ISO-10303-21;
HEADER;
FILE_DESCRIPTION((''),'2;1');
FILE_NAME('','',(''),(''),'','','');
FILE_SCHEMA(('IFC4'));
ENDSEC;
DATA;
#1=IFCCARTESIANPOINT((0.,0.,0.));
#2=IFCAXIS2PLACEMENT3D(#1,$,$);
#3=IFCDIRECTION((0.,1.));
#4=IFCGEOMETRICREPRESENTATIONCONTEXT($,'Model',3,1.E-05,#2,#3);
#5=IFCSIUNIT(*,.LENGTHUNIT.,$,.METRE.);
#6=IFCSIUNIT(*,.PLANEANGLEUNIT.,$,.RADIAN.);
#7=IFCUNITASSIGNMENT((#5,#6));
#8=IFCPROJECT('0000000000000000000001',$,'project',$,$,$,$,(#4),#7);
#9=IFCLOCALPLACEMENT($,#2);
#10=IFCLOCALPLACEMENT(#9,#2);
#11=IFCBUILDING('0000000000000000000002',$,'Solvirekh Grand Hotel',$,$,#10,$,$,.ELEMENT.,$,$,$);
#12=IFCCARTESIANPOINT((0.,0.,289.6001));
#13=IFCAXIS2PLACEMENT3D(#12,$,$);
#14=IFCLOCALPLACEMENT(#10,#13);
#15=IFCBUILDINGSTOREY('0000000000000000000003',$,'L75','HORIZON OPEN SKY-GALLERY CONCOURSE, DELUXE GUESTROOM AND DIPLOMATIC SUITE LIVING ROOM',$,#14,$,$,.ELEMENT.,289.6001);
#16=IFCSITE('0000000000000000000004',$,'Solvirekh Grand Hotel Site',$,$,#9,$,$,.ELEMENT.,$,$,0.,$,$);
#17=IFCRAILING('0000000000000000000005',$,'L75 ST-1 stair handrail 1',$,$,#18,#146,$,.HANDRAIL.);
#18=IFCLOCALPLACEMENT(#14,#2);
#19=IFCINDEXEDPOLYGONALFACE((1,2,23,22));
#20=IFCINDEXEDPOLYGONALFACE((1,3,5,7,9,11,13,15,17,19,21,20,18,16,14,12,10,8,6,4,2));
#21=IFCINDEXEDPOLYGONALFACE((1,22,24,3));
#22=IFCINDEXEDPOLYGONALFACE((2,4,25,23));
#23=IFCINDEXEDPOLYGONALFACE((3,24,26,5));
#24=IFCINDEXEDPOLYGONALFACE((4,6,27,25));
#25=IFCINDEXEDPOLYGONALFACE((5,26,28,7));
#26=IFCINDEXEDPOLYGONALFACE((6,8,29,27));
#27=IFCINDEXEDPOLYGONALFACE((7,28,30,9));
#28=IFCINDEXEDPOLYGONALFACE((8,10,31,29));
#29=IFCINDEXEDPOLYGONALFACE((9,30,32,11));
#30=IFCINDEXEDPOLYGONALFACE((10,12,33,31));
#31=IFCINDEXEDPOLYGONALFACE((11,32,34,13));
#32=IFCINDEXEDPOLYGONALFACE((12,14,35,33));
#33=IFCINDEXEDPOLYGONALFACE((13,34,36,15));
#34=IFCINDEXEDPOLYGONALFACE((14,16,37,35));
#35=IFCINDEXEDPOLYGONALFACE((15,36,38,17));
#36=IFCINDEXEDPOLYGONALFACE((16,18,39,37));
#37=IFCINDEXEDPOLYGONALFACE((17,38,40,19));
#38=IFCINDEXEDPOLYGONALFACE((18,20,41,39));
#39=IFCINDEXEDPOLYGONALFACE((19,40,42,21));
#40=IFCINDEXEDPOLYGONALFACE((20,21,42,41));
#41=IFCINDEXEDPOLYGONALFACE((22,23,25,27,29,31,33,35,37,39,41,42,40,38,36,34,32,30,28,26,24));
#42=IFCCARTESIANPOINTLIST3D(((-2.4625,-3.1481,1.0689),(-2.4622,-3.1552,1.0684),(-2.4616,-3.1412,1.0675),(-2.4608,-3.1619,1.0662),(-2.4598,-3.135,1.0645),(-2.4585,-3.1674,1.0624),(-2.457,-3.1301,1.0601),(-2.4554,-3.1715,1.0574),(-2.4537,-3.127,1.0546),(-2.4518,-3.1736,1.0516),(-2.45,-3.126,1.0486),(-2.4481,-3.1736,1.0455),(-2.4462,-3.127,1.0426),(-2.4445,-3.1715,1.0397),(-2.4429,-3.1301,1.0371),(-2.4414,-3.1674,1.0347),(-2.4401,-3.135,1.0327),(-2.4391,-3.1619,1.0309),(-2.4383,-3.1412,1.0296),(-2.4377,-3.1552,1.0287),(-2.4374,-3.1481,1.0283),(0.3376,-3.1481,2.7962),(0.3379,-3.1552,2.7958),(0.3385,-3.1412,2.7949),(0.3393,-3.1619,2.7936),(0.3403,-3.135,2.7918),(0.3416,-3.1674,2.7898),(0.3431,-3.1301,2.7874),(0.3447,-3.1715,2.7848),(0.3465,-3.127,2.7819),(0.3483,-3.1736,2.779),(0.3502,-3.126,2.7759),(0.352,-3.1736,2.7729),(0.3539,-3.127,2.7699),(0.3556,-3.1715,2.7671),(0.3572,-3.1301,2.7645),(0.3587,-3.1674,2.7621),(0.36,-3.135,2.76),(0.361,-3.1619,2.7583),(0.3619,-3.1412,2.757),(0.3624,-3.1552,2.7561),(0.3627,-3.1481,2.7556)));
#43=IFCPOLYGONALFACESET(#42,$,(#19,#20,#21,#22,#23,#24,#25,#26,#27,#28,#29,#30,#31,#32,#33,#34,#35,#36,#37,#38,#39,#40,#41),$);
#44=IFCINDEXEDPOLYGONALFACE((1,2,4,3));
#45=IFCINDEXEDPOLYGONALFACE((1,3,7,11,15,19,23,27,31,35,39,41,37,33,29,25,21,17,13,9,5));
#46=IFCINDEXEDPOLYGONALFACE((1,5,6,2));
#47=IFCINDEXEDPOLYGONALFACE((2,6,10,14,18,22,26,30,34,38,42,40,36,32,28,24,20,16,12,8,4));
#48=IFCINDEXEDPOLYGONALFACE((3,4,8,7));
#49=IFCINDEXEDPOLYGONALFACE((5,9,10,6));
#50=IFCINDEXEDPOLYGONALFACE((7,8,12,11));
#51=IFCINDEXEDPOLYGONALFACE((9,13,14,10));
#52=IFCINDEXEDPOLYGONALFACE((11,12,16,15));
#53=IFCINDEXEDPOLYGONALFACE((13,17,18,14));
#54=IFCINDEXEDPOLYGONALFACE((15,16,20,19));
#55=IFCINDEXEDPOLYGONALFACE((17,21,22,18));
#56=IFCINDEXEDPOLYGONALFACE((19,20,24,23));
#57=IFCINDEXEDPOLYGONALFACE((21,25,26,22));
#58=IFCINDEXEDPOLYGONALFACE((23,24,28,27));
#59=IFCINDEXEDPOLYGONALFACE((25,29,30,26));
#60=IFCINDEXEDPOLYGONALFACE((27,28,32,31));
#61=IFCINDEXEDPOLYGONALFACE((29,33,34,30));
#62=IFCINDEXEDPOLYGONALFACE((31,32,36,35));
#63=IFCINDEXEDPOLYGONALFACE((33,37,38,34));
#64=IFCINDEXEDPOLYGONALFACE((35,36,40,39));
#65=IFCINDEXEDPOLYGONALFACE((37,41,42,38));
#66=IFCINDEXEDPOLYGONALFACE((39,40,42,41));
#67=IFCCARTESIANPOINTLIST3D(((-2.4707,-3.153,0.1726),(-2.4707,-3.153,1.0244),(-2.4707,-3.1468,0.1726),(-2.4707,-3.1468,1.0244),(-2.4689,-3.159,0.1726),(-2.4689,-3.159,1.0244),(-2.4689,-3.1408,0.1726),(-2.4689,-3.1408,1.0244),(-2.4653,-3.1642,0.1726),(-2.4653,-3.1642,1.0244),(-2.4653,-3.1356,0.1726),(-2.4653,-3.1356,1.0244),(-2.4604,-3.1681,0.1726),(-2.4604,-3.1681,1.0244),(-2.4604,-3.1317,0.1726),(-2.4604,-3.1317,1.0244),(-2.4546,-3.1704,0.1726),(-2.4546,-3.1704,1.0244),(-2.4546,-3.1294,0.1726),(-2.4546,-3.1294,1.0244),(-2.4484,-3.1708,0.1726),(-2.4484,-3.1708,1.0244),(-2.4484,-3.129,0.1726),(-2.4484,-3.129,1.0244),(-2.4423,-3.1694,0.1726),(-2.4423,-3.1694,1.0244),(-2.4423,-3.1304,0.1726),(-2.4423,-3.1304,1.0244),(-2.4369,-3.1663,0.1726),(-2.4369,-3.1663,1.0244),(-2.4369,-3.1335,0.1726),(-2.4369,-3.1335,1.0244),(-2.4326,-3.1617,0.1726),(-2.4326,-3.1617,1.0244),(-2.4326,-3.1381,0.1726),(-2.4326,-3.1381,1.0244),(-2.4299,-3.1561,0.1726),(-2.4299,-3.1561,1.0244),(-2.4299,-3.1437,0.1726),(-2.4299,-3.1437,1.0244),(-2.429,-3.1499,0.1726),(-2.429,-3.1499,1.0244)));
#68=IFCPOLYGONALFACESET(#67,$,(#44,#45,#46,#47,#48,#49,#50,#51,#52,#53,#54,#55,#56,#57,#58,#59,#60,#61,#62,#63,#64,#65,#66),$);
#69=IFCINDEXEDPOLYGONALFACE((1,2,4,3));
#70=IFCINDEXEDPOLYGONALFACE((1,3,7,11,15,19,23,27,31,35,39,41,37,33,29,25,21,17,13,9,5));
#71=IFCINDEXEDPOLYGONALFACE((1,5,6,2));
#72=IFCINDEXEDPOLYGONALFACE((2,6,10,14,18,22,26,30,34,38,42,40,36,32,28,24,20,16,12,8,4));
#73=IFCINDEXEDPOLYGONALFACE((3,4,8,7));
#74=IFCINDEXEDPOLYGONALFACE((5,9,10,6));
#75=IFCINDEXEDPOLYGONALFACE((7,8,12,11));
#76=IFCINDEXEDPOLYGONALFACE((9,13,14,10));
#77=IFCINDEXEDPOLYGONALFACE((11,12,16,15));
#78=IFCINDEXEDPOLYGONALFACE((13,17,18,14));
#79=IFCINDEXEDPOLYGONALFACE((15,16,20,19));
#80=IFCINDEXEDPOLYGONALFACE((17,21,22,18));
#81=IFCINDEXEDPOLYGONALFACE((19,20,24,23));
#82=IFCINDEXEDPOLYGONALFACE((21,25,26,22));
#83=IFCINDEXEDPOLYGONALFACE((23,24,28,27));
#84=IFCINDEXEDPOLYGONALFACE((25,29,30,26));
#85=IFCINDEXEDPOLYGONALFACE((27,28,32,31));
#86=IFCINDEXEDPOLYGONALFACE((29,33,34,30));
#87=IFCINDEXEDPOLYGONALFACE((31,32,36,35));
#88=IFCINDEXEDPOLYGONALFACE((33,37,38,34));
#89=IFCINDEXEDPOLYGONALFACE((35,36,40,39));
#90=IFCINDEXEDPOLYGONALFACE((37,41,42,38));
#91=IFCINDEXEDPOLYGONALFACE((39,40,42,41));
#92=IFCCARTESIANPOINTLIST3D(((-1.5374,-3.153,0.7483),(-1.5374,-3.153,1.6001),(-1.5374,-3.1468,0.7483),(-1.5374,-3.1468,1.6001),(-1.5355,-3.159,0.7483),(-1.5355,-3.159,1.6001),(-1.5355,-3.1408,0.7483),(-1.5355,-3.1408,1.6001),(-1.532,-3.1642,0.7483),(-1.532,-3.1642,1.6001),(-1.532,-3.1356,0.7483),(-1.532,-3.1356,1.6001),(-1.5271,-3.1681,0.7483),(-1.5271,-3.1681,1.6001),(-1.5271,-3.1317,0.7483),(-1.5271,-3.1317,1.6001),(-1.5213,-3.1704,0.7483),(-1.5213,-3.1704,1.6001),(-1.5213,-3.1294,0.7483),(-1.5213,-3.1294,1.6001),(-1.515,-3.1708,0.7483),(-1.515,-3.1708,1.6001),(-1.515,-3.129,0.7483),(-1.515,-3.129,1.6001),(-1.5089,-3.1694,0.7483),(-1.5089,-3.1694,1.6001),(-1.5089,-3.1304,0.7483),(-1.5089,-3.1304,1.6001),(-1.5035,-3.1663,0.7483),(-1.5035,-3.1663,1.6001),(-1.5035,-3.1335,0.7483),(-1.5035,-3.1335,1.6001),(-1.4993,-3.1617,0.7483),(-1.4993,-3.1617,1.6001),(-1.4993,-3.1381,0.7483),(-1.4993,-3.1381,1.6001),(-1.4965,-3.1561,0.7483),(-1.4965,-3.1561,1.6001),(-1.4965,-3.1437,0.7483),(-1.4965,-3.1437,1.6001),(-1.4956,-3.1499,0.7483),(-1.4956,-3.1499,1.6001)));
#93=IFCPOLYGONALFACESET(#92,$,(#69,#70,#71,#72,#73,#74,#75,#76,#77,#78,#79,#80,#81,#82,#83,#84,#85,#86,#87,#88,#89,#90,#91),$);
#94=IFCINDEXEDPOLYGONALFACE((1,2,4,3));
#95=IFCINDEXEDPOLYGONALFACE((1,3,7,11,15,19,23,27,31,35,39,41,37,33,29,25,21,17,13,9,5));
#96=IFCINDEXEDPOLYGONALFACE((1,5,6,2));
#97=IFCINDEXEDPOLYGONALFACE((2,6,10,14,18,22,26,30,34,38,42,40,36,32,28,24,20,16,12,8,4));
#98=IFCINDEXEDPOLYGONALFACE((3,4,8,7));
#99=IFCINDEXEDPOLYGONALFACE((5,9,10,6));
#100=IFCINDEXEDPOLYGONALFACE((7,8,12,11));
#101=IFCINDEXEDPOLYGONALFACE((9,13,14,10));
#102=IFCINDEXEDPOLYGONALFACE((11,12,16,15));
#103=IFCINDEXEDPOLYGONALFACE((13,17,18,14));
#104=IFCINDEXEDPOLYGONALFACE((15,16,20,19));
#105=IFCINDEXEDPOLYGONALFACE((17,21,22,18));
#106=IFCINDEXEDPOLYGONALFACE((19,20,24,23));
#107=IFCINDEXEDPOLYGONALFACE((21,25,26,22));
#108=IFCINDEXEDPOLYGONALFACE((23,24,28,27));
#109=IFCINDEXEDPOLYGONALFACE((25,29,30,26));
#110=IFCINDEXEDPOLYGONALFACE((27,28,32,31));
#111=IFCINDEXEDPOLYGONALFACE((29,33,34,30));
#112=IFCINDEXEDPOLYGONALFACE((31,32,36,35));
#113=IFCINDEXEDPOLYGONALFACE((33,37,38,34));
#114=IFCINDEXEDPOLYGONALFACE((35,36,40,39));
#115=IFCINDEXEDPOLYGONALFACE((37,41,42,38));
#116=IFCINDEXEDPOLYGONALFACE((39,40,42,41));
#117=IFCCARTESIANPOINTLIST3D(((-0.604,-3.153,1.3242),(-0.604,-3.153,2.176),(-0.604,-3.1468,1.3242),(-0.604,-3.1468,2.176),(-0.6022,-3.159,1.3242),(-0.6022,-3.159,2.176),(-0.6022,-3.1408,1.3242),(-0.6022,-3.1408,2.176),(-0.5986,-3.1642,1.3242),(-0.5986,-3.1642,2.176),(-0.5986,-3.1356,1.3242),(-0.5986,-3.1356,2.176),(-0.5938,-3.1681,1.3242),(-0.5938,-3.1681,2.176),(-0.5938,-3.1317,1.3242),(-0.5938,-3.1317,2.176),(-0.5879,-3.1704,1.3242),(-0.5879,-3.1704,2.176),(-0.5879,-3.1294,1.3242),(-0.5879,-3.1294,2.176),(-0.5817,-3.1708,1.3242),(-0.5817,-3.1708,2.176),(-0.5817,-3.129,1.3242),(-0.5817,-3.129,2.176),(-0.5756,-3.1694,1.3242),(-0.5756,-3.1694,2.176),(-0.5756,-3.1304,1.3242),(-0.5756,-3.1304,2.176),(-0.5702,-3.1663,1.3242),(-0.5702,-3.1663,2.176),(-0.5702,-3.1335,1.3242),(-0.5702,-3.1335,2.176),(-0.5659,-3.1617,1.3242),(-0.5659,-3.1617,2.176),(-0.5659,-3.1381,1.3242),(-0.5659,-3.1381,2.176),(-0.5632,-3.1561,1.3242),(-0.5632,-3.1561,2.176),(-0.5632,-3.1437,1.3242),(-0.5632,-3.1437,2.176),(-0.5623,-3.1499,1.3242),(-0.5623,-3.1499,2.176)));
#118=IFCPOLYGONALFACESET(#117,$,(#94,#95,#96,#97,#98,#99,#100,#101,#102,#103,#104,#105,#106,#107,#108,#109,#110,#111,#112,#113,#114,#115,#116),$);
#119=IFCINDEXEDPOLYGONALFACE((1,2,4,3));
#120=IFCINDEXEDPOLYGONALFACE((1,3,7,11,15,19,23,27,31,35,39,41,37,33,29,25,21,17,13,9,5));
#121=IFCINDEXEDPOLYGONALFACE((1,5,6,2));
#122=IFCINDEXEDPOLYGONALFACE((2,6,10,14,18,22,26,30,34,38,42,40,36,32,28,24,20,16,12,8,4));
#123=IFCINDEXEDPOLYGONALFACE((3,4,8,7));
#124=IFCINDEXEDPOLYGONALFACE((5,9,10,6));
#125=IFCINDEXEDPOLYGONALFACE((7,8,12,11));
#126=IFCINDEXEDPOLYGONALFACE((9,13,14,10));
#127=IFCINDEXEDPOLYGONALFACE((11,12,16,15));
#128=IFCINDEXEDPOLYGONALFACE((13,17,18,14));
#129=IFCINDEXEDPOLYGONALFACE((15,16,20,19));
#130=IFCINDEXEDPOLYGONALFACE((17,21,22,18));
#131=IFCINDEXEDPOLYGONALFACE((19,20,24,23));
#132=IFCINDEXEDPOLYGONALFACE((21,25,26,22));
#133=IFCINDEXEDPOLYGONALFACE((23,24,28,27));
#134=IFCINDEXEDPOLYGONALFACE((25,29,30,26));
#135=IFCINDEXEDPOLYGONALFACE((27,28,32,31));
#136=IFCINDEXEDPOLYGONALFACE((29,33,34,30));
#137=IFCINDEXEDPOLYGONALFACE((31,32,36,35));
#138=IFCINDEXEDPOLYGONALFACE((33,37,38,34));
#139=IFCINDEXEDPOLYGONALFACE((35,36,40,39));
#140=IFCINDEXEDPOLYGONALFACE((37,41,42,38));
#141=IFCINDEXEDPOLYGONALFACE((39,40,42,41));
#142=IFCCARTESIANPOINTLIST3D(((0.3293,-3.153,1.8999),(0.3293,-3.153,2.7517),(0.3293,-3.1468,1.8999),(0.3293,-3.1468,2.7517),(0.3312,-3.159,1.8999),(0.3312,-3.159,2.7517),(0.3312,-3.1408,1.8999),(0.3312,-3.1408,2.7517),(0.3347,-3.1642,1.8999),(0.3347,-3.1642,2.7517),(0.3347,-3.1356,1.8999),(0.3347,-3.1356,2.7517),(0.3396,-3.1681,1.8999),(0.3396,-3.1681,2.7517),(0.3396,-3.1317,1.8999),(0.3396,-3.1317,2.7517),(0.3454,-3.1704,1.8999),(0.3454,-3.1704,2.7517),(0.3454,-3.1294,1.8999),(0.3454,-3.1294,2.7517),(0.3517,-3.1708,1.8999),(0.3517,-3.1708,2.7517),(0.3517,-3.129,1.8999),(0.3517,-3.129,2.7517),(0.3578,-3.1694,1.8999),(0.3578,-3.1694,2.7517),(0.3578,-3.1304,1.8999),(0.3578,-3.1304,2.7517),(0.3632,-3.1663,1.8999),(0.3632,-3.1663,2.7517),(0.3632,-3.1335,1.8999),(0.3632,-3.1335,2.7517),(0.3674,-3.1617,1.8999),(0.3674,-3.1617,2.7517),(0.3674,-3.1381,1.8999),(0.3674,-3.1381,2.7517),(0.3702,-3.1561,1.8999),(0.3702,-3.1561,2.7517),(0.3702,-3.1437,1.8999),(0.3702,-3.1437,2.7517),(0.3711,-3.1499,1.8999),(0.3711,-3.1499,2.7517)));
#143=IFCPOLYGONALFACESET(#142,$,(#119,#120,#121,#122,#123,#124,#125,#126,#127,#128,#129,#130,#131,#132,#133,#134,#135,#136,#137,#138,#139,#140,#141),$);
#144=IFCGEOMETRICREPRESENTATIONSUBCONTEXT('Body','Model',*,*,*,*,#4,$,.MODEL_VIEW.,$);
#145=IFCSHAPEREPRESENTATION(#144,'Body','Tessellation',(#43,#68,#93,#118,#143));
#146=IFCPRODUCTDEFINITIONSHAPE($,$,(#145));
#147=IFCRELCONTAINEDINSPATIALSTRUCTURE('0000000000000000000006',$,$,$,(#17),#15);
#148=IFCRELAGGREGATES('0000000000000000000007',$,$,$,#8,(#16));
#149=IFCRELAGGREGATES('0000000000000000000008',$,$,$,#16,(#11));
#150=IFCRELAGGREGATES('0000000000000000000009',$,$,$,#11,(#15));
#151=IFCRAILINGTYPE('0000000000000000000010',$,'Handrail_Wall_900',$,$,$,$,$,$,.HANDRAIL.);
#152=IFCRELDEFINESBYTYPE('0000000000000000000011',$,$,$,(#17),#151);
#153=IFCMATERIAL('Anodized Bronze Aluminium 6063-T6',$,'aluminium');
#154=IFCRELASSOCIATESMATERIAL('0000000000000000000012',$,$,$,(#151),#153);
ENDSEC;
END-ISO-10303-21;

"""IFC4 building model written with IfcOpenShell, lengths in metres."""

from ifc_helpers import new_model, si_unit, direction, frame, origin, origin_2d, place, context, subcontext, project, spatial, circle, extrude, material, type_object, element, save


model = new_model("IFC4")

# Units and contexts
model_context = context("Model", 3, precision=1e-05, world=origin(), true_north=direction((0.0, 1.0)))
body_context = subcontext(model_context, "Body", "Model", "MODEL_VIEW")
ifc_project = project(units=[si_unit("LENGTHUNIT", "METRE"), si_unit("PLANEANGLEUNIT", "RADIAN")], contexts=[model_context])

# Site, building, storey
site_placement = place(None, origin())
site = spatial("IfcSite", under=ifc_project, at=site_placement, Name="Solvirekh Grand Hotel Site", CompositionType="ELEMENT", RefElevation=0.0)
building_placement = place(site_placement, origin())
building = spatial("IfcBuilding", under=site, at=building_placement, Name="Solvirekh Grand Hotel", CompositionType="ELEMENT")
storey_placement = place(building_placement, frame((0.0, 0.0, 289.6001)))
storey = spatial("IfcBuildingStorey", under=building, at=storey_placement, Name="L75", Description="HORIZON OPEN SKY-GALLERY CONCOURSE, DELUXE GUESTROOM AND DIPLOMATIC SUITE LIVING ROOM", CompositionType="ELEMENT", Elevation=289.6001)

# Shared definitions
ifc_material_1 = material(Name="Anodized Bronze Aluminium 6063-T6", Category="aluminium")

# Railing
railing_type_1 = type_object("IfcRailingType", Name="Handrail_Wall_900", PredefinedType="HANDRAIL", material=ifc_material_1)
railing_1_placement = place(storey_placement, frame((-2.45, -3.1499, 0.1726)))
element("IfcRailing", 1, at=railing_1_placement, inside=storey, type_object=railing_type_1, Name="L75 ST-1 stair handrail 1", PredefinedType="HANDRAIL", context=body_context, shape_type="SweptSolid", body=[
    extrude(circle(Radius=0.0239, at=origin_2d()), frame((0.0, 0.0, 0.876), z_axis=(0.85109, 0.0, 0.52502), x_axis=(0.0, 1.0, 0.0)), (0.0, 0.0, 1.0), 3.29),
    extrude(circle(Radius=0.021, at=origin_2d()), origin(), (0.0, 0.0, 1.0), 0.8518),
    extrude(circle(Radius=0.021, at=origin_2d()), frame((0.9333, 0.0, 0.5757)), (0.0, 0.0, 1.0), 0.8518),
    extrude(circle(Radius=0.021, at=origin_2d()), frame((1.8667, 0.0, 1.1516)), (0.0, 0.0, 1.0), 0.8518),
    extrude(circle(Radius=0.021, at=origin_2d()), frame((2.8, 0.0, 1.7273)), (0.0, 0.0, 1.0), 0.8518),
])

save(model, "model.ifc")
